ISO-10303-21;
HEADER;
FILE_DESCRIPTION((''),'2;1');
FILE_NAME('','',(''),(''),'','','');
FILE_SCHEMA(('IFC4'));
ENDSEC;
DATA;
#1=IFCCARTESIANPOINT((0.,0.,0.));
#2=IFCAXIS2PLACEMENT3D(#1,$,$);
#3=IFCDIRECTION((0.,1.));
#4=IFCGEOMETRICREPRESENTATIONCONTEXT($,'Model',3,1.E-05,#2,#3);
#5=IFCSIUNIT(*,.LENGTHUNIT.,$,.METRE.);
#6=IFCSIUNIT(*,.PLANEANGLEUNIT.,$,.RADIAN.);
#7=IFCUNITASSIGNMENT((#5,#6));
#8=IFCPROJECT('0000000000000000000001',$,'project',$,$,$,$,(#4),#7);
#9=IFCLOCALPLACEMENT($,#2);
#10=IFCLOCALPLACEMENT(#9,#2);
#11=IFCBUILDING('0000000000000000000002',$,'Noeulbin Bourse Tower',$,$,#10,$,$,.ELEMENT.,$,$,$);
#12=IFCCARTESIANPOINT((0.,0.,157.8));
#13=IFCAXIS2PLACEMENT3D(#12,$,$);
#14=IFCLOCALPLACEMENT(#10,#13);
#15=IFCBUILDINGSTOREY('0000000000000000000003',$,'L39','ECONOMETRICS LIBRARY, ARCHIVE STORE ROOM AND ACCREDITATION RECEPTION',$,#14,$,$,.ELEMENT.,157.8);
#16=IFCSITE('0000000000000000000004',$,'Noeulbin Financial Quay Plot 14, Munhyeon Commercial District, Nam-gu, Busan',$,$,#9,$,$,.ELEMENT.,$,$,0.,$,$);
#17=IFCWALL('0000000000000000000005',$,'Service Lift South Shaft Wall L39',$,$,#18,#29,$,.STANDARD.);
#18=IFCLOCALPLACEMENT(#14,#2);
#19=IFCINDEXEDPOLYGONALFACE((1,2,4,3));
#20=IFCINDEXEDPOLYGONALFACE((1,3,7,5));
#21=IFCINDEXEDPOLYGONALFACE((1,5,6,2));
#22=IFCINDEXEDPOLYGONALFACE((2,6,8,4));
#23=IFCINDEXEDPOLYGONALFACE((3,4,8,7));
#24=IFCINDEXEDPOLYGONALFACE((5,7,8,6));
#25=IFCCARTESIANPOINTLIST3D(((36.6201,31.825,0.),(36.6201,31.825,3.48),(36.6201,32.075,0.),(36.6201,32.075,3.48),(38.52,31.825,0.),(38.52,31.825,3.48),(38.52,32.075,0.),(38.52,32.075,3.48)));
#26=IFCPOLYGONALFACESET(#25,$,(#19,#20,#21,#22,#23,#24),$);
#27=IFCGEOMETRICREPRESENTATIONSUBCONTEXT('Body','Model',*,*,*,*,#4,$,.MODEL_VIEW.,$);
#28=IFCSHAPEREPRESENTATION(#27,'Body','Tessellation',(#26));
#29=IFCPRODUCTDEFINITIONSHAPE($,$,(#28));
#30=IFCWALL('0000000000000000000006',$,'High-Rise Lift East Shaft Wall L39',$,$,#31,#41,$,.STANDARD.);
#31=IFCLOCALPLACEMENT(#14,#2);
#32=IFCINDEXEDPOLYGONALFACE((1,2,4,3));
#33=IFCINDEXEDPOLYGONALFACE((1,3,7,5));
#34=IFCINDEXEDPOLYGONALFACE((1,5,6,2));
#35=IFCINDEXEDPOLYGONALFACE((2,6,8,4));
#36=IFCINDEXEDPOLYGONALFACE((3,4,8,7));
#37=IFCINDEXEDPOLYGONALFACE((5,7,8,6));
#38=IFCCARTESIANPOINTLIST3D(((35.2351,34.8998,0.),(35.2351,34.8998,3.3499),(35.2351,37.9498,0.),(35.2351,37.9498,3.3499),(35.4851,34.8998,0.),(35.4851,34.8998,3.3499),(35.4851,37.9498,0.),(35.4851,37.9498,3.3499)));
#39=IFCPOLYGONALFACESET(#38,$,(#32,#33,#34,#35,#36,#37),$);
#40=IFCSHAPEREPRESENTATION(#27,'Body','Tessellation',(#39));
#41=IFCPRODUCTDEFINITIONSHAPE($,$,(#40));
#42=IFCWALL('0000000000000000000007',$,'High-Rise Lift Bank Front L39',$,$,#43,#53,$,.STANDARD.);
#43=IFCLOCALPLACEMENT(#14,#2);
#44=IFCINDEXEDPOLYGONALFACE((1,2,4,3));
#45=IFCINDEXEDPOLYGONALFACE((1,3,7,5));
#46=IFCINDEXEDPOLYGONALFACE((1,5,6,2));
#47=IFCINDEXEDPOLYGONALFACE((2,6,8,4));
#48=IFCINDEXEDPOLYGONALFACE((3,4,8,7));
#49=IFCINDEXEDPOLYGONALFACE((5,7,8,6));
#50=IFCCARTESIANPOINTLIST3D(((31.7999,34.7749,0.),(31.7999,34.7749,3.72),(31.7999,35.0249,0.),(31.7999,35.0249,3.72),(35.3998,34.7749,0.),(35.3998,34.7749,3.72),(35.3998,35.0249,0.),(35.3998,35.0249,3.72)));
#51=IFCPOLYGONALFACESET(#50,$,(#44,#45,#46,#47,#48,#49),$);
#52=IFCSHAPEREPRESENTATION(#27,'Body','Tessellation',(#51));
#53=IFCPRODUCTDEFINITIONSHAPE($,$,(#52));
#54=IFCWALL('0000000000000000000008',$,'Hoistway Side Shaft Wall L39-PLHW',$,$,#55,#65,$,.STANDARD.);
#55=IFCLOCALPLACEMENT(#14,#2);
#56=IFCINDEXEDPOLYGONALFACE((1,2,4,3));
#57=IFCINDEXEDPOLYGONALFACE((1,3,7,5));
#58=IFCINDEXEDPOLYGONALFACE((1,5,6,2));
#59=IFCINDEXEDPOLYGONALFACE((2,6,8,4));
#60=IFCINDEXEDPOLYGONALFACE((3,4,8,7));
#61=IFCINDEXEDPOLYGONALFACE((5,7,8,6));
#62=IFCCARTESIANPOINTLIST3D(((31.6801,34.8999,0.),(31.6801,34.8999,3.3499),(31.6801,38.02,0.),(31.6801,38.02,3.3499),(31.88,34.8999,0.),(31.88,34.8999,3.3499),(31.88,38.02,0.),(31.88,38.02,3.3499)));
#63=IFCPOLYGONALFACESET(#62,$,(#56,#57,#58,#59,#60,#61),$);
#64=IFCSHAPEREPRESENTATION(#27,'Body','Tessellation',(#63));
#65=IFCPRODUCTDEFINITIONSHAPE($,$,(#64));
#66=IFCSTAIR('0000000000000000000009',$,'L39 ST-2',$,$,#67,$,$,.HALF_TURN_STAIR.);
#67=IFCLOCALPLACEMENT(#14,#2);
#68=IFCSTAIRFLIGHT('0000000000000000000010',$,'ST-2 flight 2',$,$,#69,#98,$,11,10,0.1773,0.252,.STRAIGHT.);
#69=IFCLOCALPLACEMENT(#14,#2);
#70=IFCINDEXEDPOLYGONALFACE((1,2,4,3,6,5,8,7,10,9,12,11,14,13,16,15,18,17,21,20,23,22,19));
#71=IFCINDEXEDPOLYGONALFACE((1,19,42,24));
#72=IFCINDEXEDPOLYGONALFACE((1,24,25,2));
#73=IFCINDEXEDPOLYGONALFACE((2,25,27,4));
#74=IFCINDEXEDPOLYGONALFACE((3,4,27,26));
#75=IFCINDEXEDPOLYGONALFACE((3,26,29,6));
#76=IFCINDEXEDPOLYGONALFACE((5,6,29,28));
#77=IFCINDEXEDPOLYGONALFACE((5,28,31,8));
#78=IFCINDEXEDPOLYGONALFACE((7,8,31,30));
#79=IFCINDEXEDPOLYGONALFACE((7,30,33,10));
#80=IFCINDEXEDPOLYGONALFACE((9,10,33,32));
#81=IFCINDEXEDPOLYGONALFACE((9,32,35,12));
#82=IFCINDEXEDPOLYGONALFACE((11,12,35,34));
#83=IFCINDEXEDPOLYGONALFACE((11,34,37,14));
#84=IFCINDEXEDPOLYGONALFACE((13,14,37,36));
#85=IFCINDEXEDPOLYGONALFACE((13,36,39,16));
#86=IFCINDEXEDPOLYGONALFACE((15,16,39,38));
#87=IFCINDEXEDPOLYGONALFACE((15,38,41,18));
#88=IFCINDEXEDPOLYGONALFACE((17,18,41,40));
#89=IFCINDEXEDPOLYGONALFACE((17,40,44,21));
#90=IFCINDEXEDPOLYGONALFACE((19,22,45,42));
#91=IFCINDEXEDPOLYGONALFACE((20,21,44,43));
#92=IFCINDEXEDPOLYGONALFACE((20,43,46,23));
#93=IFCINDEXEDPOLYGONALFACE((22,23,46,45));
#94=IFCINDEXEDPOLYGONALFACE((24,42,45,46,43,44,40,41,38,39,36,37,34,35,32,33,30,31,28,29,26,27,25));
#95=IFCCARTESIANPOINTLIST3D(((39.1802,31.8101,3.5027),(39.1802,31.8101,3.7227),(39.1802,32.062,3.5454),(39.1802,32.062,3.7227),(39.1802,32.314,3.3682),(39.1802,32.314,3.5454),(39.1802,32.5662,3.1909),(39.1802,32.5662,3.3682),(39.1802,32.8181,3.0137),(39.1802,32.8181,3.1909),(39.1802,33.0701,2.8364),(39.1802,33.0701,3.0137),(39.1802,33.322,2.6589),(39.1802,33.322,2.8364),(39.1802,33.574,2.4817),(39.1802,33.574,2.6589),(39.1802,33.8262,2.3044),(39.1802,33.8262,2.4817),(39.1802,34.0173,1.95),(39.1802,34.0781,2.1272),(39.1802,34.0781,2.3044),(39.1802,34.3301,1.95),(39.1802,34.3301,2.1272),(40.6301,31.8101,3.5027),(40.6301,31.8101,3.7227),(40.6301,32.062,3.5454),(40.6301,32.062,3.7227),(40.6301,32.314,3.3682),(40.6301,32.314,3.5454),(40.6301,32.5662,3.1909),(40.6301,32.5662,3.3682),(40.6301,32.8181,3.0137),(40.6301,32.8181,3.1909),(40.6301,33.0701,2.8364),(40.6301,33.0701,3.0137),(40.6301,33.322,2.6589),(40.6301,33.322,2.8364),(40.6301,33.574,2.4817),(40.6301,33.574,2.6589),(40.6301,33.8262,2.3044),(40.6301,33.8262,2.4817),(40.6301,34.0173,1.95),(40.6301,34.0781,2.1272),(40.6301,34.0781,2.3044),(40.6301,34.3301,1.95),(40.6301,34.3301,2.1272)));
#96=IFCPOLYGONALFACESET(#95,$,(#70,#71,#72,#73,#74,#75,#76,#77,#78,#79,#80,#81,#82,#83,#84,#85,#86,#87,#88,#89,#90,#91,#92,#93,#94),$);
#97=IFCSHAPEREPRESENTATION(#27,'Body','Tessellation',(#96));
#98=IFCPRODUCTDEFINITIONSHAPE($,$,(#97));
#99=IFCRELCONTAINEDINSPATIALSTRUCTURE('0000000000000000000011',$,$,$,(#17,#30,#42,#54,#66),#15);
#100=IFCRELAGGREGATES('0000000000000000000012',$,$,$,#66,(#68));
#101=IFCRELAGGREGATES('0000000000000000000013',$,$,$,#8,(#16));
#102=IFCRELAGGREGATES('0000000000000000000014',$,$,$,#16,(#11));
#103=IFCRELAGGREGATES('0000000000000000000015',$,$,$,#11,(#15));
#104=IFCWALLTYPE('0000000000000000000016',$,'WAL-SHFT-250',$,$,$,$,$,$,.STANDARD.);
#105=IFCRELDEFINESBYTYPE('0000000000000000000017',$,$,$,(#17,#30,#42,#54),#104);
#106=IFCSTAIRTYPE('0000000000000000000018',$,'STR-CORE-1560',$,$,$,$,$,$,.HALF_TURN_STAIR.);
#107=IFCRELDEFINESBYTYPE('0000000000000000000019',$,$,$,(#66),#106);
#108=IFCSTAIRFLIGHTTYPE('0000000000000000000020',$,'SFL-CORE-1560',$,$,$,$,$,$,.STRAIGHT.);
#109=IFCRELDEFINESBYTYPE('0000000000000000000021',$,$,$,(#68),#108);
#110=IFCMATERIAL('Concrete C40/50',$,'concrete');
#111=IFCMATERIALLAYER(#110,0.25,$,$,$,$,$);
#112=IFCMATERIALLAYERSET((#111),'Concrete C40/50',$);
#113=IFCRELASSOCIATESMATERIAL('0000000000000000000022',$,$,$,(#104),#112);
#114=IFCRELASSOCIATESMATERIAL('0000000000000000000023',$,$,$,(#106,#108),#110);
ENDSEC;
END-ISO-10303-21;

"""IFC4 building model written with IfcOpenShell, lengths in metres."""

from ifc_helpers import new_model, si_unit, direction, frame, frame_2d, origin, place, context, subcontext, project, spatial, polyline, rectangle, outline, extrude, material, layer, layer_set, type_object, element, aggregate, save


model = new_model("IFC4")

# Units and contexts
model_context = context("Model", 3, precision=1e-05, world=origin(), true_north=direction((0.0, 1.0)))
body_context = subcontext(model_context, "Body", "Model", "MODEL_VIEW")
ifc_project = project(units=[si_unit("LENGTHUNIT", "METRE"), si_unit("PLANEANGLEUNIT", "RADIAN")], contexts=[model_context])

# Site, building, storey
site_placement = place(None, origin())
site = spatial("IfcSite", under=ifc_project, at=site_placement, Name="Noeulbin Financial Quay Plot 14, Munhyeon Commercial District, Nam-gu, Busan", CompositionType="ELEMENT", RefElevation=0.0)
building_placement = place(site_placement, origin())
building = spatial("IfcBuilding", under=site, at=building_placement, Name="Noeulbin Bourse Tower", CompositionType="ELEMENT")
storey_placement = place(building_placement, frame((0.0, 0.0, 157.8)))
storey = spatial("IfcBuildingStorey", under=building, at=storey_placement, Name="L39", Description="ECONOMETRICS LIBRARY, ARCHIVE STORE ROOM AND ACCREDITATION RECEPTION", CompositionType="ELEMENT", Elevation=157.8)

# Shared definitions
ifc_material_1 = material(Name="Concrete C40/50", Category="concrete")

# Shared definitions
ifc_layer_1 = layer(ifc_material_1, 0.25)
ifc_layer_set_1 = layer_set([ifc_layer_1], Name="Concrete C40/50")
wall_type_1 = type_object("IfcWallType", Name="WAL-SHFT-250", PredefinedType="STANDARD", material=ifc_layer_set_1)

# Walls
wall_1_placement = place(storey_placement, frame((36.6201, 31.95, 0.0), z_axis=(0.0, 0.0, 1.0), x_axis=(1.0, 0.0, 0.0)))
element("IfcWall", 1, at=wall_1_placement, inside=storey, type_object=wall_type_1, Name="Service Lift South Shaft Wall L39", PredefinedType="STANDARD", context=body_context, shape_type="SweptSolid", body=[
    extrude(rectangle(XDim=1.8999, YDim=0.25, at=frame_2d((0.95, 0.0))), origin(), (0.0, 0.0, 1.0), 3.48),
])
wall_2_placement = place(storey_placement, frame((35.3601, 34.8999, 0.0), z_axis=(0.0, 0.0, 1.0), x_axis=(0.0, 1.0, 0.0)))
element("IfcWall", 2, at=wall_2_placement, inside=storey, type_object=wall_type_1, Name="High-Rise Lift East Shaft Wall L39", PredefinedType="STANDARD", context=body_context, shape_type="SweptSolid", body=[
    extrude(rectangle(XDim=3.05, YDim=0.25, at=frame_2d((1.5249, 0.0))), origin(), (0.0, 0.0, 1.0), 3.3499),
])
wall_3_placement = place(storey_placement, frame((31.8, 34.8999, 0.0), z_axis=(0.0, 0.0, 1.0), x_axis=(1.0, 0.0, 0.0)))
element("IfcWall", 3, at=wall_3_placement, inside=storey, type_object=wall_type_1, Name="High-Rise Lift Bank Front L39", PredefinedType="STANDARD", context=body_context, shape_type="SweptSolid", body=[
    extrude(rectangle(XDim=3.5999, YDim=0.25, at=frame_2d((1.7998, 0.0))), origin(), (0.0, 0.0, 1.0), 3.72),
])
wall_4_placement = place(storey_placement, frame((31.78, 34.8999, 0.0), z_axis=(0.0, 0.0, 1.0), x_axis=(0.0, 1.0, 0.0)))
element("IfcWall", 4, at=wall_4_placement, inside=storey, type_object=wall_type_1, Name="Hoistway Side Shaft Wall L39-PLHW", PredefinedType="STANDARD", context=body_context, shape_type="SweptSolid", body=[
    extrude(rectangle(XDim=3.1201, YDim=0.2, at=frame_2d((1.5601, 0.0))), origin(), (0.0, 0.0, 1.0), 3.3499),
])

# Stair, stair flight
stair_type = type_object("IfcStairType", Name="STR-CORE-1560", PredefinedType="HALF_TURN_STAIR", material=ifc_material_1)
stair_placement = place(storey_placement, origin())
stair = element("IfcStair", 5, at=stair_placement, inside=storey, type_object=stair_type, Name="L39 ST-2", PredefinedType="HALF_TURN_STAIR")
stair_flight_type = type_object("IfcStairFlightType", Name="SFL-CORE-1560", PredefinedType="STRAIGHT", material=ifc_material_1)
stair_flight_placement = place(storey_placement, frame((39.905, 34.3301, 1.95), z_axis=(0.0, 0.0, 1.0), x_axis=(0.0, -1.0, 0.0)))
stair_flight = element("IfcStairFlight", 6, at=stair_flight_placement, type_object=stair_flight_type, Name="ST-2 flight 2", NumberOfRisers=11, NumberOfTreads=10, PredefinedType="STRAIGHT", RiserHeight=0.1773, TreadLength=0.252, context=body_context, shape_type="SweptSolid", body=[
    extrude(outline(polyline([(0.0, 0.0), (0.0, 0.1772), (0.252, 0.1772), (0.252, 0.3545), (0.5039, 0.3545), (0.5039, 0.5317), (0.7561, 0.5317), (0.7561, 0.709), (1.0081, 0.709), (1.0081, 0.8865), (1.26, 0.8865), (1.26, 1.0637), (1.512, 1.0637), (1.512, 1.241), (1.7639, 1.241), (1.7639, 1.4182), (2.0161, 1.4182), (2.0161, 1.5955), (2.2681, 1.5955), (2.2681, 1.7727), (2.52, 1.7727), (2.52, 1.95), (2.52, 1.5527), (0.3127, 0.0), (0.0, 0.0)])), frame((0.0, 0.7251, 0.0), z_axis=(0.0, -1.0, 0.0), x_axis=(1.0, 0.0, 0.0)), (0.0, 0.0, 1.0), 1.45),
])
aggregate(stair, [stair_flight])

save(model, "model.ifc")
